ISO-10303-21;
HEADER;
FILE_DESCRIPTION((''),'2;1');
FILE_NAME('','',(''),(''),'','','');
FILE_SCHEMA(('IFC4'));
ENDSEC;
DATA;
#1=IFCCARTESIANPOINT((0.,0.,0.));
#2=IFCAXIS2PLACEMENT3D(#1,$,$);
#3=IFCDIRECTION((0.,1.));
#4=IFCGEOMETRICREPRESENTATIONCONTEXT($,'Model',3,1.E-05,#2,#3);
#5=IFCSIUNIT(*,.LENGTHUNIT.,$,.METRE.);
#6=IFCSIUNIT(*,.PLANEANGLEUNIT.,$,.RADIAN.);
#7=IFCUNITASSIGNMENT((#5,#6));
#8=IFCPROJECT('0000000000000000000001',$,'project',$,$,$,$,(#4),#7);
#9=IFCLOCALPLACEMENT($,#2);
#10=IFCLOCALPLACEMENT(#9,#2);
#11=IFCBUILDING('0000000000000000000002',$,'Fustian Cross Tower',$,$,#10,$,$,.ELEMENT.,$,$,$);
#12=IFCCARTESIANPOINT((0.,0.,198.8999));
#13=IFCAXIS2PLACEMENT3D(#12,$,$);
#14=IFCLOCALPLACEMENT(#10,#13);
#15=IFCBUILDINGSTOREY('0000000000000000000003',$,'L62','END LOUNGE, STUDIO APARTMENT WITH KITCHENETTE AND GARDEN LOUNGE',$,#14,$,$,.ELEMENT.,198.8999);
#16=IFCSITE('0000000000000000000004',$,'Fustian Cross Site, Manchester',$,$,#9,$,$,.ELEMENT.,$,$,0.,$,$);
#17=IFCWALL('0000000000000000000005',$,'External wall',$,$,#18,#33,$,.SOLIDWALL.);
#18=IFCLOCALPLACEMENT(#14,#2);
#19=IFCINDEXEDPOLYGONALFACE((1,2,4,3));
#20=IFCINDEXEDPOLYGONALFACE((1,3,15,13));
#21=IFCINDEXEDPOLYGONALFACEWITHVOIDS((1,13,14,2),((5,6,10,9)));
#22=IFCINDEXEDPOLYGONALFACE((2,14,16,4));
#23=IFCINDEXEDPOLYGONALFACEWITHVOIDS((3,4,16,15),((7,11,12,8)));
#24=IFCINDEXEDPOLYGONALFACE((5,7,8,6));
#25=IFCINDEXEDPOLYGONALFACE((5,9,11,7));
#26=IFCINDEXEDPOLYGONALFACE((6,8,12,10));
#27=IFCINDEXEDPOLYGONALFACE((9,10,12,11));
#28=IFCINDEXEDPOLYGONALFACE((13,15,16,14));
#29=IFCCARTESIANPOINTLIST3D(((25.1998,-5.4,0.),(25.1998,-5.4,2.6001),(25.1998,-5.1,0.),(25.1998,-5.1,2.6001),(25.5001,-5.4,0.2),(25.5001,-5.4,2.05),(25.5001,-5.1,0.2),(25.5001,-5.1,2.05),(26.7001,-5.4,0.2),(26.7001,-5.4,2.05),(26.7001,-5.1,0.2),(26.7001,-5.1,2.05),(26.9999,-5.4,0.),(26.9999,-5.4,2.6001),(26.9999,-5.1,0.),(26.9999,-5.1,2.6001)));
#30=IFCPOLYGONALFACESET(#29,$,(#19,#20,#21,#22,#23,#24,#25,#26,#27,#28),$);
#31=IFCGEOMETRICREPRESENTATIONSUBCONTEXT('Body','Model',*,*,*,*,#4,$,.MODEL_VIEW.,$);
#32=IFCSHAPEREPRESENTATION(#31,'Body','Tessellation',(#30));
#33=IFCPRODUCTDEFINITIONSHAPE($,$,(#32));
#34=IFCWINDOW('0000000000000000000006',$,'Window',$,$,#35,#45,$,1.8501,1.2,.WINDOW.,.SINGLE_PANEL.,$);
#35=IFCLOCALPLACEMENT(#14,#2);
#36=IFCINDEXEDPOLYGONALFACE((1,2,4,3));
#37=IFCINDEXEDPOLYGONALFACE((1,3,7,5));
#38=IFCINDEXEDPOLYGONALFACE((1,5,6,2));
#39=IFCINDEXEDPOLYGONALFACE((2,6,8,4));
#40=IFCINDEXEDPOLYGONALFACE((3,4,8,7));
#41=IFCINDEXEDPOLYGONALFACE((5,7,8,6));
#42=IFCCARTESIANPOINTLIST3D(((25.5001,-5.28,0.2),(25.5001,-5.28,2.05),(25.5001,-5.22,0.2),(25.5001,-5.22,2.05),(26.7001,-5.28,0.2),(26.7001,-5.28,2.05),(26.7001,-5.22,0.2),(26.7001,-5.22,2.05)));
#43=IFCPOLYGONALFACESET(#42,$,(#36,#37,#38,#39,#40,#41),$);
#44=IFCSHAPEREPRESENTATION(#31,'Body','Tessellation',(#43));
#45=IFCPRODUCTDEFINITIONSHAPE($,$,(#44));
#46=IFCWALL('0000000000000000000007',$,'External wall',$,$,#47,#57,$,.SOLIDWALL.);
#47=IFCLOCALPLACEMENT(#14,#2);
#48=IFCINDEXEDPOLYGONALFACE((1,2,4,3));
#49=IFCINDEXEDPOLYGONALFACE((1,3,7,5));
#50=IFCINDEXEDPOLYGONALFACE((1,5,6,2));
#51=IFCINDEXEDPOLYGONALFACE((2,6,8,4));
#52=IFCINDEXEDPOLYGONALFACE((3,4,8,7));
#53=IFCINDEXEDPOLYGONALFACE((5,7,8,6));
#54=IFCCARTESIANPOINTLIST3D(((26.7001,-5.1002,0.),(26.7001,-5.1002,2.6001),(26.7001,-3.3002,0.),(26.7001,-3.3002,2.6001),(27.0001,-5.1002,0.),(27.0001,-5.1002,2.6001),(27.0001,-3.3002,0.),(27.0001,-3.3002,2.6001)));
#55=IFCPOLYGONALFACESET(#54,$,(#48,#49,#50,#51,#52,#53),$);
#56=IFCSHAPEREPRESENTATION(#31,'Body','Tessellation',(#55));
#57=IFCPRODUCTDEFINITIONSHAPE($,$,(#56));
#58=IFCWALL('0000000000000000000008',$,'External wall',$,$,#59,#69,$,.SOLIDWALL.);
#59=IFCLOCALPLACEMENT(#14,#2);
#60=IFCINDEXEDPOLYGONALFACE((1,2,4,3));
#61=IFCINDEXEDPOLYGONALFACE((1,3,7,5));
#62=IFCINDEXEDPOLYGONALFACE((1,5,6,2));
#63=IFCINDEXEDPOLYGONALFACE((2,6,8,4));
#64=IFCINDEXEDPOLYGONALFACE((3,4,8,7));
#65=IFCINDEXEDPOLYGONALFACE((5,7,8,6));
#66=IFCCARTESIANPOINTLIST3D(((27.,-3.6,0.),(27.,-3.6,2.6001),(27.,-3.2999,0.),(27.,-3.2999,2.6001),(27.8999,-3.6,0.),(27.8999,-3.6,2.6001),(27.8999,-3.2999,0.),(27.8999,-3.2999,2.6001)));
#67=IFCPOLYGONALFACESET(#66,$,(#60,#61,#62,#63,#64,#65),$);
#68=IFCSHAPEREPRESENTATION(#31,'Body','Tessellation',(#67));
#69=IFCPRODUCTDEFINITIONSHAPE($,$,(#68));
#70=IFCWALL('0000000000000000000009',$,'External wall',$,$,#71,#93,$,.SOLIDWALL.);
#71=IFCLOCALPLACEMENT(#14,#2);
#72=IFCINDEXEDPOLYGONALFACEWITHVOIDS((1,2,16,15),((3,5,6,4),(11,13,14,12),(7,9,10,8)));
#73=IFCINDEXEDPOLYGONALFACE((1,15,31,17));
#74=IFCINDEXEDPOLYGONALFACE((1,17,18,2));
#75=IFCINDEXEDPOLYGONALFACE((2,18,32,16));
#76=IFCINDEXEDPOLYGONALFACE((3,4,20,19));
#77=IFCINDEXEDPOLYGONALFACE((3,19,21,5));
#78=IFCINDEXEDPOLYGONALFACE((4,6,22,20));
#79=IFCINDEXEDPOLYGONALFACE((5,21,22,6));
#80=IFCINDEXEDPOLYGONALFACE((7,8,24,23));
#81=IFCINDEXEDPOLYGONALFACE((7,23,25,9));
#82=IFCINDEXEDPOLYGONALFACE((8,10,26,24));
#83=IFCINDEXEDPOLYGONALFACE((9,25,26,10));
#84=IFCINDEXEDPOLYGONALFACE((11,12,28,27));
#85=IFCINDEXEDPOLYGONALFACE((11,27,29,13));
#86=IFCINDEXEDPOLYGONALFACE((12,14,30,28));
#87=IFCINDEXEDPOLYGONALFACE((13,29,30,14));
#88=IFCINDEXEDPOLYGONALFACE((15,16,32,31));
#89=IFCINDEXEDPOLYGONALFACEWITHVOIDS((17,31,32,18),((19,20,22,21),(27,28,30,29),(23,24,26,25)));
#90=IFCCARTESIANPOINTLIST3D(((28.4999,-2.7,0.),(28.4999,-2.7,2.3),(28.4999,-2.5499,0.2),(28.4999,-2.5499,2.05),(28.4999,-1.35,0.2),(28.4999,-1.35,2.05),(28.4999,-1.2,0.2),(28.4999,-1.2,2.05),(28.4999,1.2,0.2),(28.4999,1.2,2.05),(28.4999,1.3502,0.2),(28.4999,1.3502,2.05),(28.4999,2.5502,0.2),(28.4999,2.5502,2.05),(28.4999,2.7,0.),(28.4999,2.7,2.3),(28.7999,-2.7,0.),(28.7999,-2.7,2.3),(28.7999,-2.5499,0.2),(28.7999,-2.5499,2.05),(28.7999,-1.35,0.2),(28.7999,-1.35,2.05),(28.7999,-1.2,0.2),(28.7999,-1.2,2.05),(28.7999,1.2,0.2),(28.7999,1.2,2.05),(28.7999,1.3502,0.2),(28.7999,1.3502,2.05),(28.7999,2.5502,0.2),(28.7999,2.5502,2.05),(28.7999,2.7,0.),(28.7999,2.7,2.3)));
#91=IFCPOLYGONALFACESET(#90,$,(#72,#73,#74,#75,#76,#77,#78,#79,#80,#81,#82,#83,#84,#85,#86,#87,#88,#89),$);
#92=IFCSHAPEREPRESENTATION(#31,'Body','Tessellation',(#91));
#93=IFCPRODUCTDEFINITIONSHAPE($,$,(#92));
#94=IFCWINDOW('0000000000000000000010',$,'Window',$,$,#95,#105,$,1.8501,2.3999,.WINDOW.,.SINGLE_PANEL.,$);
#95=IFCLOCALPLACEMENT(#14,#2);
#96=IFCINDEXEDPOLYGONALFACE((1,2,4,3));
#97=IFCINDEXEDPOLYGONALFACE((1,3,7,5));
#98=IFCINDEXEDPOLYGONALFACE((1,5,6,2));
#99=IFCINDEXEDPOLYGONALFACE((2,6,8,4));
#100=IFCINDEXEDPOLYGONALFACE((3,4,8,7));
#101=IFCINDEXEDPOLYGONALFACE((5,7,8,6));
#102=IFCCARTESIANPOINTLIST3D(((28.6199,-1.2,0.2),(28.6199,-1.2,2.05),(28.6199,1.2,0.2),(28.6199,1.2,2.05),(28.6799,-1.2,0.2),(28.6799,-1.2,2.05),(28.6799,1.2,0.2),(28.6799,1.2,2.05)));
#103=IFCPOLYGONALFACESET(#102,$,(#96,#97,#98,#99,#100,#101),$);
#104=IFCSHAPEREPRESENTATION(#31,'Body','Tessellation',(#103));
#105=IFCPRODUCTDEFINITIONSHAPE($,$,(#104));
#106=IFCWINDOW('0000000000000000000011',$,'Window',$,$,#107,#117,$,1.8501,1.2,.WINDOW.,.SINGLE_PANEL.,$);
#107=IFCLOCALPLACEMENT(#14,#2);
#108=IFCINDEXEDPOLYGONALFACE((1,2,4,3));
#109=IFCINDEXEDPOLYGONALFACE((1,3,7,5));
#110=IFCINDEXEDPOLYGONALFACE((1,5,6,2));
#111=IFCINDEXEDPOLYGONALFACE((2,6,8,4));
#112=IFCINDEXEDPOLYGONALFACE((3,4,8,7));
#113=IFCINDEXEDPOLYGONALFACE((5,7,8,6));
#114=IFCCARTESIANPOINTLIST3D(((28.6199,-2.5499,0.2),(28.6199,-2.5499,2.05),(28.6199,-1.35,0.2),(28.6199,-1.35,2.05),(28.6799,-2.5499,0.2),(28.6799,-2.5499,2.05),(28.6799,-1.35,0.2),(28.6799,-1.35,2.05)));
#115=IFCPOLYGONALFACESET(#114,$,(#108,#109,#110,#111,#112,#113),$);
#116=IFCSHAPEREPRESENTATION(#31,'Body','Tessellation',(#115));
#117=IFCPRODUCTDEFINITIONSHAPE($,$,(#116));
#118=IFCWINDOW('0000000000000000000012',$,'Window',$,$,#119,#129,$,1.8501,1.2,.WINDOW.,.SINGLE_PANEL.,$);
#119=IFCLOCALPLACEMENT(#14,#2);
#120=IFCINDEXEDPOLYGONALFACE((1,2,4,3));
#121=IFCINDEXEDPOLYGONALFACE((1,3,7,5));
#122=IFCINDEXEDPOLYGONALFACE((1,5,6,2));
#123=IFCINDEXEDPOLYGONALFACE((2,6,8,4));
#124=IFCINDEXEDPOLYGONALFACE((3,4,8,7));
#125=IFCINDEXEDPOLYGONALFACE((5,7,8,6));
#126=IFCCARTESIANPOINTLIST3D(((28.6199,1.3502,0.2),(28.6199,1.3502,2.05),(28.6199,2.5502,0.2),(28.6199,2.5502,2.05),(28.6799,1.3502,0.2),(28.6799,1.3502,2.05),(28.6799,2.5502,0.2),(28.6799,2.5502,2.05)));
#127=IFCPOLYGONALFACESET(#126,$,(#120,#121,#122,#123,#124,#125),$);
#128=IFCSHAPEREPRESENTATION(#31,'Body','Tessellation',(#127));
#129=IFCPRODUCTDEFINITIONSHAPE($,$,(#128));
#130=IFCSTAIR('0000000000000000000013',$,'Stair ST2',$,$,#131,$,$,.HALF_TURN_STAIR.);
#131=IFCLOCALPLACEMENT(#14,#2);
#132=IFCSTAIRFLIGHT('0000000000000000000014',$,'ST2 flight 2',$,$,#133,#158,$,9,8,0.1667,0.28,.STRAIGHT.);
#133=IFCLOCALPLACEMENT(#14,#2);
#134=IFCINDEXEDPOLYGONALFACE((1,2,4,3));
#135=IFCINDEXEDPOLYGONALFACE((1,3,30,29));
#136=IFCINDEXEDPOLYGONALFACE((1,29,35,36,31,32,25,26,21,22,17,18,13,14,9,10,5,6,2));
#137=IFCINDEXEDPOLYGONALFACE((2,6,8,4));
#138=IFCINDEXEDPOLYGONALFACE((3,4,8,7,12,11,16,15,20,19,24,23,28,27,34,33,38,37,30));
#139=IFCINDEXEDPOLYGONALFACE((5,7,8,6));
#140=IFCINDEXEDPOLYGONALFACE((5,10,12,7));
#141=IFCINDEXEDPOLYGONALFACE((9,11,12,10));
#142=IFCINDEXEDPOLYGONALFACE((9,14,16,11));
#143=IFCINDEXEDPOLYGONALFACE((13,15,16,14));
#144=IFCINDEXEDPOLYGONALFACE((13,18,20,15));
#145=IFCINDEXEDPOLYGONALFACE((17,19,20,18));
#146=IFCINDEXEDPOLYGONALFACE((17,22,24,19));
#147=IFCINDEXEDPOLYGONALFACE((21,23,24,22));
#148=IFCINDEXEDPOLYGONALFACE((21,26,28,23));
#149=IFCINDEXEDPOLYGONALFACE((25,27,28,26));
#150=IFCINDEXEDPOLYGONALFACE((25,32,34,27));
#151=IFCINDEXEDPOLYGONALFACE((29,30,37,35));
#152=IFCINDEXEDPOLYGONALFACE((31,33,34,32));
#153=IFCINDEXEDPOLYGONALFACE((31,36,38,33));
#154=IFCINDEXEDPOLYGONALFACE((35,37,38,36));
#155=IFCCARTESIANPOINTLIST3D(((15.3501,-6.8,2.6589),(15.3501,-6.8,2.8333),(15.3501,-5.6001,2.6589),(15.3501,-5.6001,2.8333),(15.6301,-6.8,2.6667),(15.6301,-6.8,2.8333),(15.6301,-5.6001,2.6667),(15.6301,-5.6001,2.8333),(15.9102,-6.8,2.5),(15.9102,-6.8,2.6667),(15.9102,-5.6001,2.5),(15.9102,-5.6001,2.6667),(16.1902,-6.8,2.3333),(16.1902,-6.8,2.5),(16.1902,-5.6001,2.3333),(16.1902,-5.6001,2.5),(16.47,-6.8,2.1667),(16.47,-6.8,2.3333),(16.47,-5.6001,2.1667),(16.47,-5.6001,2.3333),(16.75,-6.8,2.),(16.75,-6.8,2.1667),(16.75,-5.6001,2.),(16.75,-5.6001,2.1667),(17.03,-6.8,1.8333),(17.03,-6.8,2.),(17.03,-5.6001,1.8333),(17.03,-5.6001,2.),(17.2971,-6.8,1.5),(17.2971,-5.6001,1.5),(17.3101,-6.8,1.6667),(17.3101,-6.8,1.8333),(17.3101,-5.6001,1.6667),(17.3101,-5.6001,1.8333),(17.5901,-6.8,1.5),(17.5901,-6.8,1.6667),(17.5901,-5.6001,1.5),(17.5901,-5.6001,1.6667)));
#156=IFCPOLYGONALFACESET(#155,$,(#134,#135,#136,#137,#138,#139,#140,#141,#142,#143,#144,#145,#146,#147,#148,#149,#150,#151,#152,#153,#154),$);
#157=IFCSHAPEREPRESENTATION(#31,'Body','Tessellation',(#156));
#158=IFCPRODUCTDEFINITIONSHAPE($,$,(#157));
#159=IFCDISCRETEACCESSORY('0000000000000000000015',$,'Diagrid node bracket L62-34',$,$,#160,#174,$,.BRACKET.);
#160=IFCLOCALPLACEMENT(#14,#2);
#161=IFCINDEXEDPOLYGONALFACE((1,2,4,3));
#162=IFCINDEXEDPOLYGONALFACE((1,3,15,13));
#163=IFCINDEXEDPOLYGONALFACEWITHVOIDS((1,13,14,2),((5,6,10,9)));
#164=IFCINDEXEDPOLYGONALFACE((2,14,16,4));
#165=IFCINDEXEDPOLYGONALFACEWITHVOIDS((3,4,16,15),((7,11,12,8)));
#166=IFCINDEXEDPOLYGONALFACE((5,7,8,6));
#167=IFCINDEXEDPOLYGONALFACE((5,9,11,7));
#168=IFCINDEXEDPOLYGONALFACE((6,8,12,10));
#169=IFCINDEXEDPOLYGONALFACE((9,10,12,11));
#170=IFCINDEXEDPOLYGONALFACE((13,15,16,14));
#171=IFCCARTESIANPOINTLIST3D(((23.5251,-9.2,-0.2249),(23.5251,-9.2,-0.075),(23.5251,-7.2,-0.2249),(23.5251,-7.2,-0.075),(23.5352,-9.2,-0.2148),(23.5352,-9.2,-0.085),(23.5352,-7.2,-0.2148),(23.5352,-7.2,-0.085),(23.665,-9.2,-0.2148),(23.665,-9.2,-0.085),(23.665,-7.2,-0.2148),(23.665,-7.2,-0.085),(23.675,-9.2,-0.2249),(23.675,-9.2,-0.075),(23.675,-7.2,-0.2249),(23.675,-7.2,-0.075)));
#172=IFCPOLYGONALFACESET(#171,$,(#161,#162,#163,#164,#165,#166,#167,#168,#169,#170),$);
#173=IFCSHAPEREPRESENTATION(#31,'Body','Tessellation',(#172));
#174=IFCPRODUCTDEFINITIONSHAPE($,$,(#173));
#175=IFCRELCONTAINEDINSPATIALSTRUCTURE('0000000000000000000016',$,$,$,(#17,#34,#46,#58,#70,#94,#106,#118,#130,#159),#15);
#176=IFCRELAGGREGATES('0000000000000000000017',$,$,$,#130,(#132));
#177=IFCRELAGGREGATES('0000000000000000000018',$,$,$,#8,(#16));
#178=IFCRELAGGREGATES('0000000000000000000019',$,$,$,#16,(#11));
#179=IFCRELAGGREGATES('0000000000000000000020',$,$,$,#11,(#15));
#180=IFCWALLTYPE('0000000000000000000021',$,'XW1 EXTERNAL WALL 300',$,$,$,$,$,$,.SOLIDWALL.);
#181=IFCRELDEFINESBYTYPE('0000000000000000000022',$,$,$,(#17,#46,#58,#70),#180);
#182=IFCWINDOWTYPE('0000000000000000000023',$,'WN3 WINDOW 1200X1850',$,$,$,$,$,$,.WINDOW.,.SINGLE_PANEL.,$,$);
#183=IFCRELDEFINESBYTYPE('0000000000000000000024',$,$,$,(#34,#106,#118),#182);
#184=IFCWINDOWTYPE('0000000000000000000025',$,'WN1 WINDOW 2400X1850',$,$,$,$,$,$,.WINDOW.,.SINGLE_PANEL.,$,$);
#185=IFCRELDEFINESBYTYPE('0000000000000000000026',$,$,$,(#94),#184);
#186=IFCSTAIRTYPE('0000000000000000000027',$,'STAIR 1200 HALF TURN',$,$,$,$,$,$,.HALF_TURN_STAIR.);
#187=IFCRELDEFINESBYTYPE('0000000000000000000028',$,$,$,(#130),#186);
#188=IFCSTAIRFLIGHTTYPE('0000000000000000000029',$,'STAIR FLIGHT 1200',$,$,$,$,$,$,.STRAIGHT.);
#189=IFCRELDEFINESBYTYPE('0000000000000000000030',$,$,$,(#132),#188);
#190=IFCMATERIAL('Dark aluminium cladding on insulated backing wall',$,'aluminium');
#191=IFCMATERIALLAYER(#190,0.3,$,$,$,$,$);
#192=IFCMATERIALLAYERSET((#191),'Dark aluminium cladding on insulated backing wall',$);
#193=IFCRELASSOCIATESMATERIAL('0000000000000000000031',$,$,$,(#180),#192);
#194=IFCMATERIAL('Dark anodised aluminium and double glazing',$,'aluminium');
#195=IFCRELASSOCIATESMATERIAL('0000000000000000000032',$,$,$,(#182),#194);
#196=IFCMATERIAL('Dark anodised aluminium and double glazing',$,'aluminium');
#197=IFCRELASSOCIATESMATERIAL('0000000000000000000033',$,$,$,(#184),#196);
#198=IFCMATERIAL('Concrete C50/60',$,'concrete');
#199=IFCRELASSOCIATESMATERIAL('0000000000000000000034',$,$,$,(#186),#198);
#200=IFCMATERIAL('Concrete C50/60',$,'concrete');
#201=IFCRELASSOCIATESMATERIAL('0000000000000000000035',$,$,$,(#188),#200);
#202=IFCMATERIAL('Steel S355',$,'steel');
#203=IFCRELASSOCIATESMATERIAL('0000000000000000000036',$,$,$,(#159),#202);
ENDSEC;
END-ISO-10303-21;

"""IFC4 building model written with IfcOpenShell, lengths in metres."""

from ifc_helpers import new_model, si_unit, direction, frame, frame_2d, origin, origin_2d, place, context, subcontext, project, spatial, polyline, rectangle, hollow_rectangle, outline, extrude, material, layer, layer_set, type_object, element, fill, aggregate, save


model = new_model("IFC4")

# Units and contexts
model_context = context("Model", 3, precision=1e-05, world=origin(), true_north=direction((0.0, 1.0)))
body_context = subcontext(model_context, "Body", "Model", "MODEL_VIEW")
ifc_project = project(units=[si_unit("LENGTHUNIT", "METRE"), si_unit("PLANEANGLEUNIT", "RADIAN")], contexts=[model_context])

# Site, building, storey
site_placement = place(None, origin())
site = spatial("IfcSite", under=ifc_project, at=site_placement, Name="Fustian Cross Site, Manchester", CompositionType="ELEMENT", RefElevation=0.0)
building_placement = place(site_placement, origin())
building = spatial("IfcBuilding", under=site, at=building_placement, Name="Fustian Cross Tower", CompositionType="ELEMENT")
storey_placement = place(building_placement, frame((0.0, 0.0, 198.8999)))
storey = spatial("IfcBuildingStorey", under=building, at=storey_placement, Name="L62", Description="END LOUNGE, STUDIO APARTMENT WITH KITCHENETTE AND GARDEN LOUNGE", CompositionType="ELEMENT", Elevation=198.8999)

# Shared definitions
ifc_material_1 = material(Name="Dark aluminium cladding on insulated backing wall", Category="aluminium")
ifc_layer_1 = layer(ifc_material_1, 0.3)
ifc_layer_set_1 = layer_set([ifc_layer_1], Name="Dark aluminium cladding on insulated backing wall")
wall_type_1 = type_object("IfcWallType", Name="XW1 EXTERNAL WALL 300", PredefinedType="SOLIDWALL", material=ifc_layer_set_1)
ifc_material_2 = material(Name="Dark anodised aluminium and double glazing", Category="aluminium")
window_type_1 = type_object("IfcWindowType", Name="WN3 WINDOW 1200X1850", PartitioningType="SINGLE_PANEL", PredefinedType="WINDOW", material=ifc_material_2)

# Wall, opening, window
wall_1_placement = place(storey_placement, frame((25.2, -5.25, 0.0), z_axis=(0.0, 0.0, 1.0), x_axis=(1.0, 0.0, 0.0)))
wall_1 = element("IfcWall", 1, at=wall_1_placement, inside=storey, type_object=wall_type_1, Name="External wall", PredefinedType="SOLIDWALL", context=body_context, shape_type="SweptSolid", body=[
    extrude(rectangle(XDim=1.8, YDim=0.3, at=frame_2d((0.8999, 0.0))), origin(), (0.0, 0.0, 1.0), 2.6001),
])
opening_1_placement = place(wall_1_placement, frame((0.3, 0.0, 0.2)))
opening_1 = element("IfcOpeningElement", 2, at=opening_1_placement, cuts=wall_1, PredefinedType="OPENING", context=body_context, shape_type="SweptSolid", body=[
    extrude(rectangle(XDim=1.2, YDim=1.8501, at=frame_2d((0.6001, 0.925))), frame((0.0, 0.1599, 0.0), z_axis=(0.0, -1.0, 0.0), x_axis=(1.0, 0.0, 0.0)), (0.0, 0.0, 1.0), 0.3201),
])
window_1_placement = place(opening_1_placement, origin())
window_1 = element("IfcWindow", 3, at=window_1_placement, inside=storey, type_object=window_type_1, Name="Window", OverallHeight=1.8501, OverallWidth=1.2, PartitioningType="SINGLE_PANEL", PredefinedType="WINDOW", context=body_context, shape_type="SweptSolid", body=[
    extrude(rectangle(XDim=1.2, YDim=1.8501, at=frame_2d((0.6001, 0.925))), frame((0.0, 0.03, 0.0), z_axis=(0.0, -1.0, 0.0), x_axis=(1.0, 0.0, 0.0)), (0.0, 0.0, 1.0), 0.0601),
])
fill(opening_1, window_1)

# Walls
wall_2_placement = place(storey_placement, frame((26.8501, -5.1001, 0.0), z_axis=(0.0, 0.0, 1.0), x_axis=(0.0, 1.0, 0.0)))
element("IfcWall", 4, at=wall_2_placement, inside=storey, type_object=wall_type_1, Name="External wall", PredefinedType="SOLIDWALL", context=body_context, shape_type="SweptSolid", body=[
    extrude(rectangle(XDim=1.8, YDim=0.3, at=frame_2d((0.8999, 0.0))), origin(), (0.0, 0.0, 1.0), 2.6001),
])
wall_3_placement = place(storey_placement, frame((27.0, -3.45, 0.0), z_axis=(0.0, 0.0, 1.0), x_axis=(1.0, 0.0, 0.0)))
element("IfcWall", 5, at=wall_3_placement, inside=storey, type_object=wall_type_1, Name="External wall", PredefinedType="SOLIDWALL", context=body_context, shape_type="SweptSolid", body=[
    extrude(rectangle(XDim=0.8999, YDim=0.3, at=frame_2d((0.45, 0.0))), origin(), (0.0, 0.0, 1.0), 2.6001),
])

# Wall, openings, windows
wall_4_placement = place(storey_placement, frame((28.6499, -2.7, 0.0), z_axis=(0.0, 0.0, 1.0), x_axis=(0.0, 1.0, 0.0)))
wall_4 = element("IfcWall", 6, at=wall_4_placement, inside=storey, type_object=wall_type_1, Name="External wall", PredefinedType="SOLIDWALL", context=body_context, shape_type="SweptSolid", body=[
    extrude(rectangle(XDim=5.3999, YDim=0.3, at=frame_2d((2.7, 0.0))), origin(), (0.0, 0.0, 1.0), 2.3),
])
opening_2_placement = place(wall_4_placement, frame((1.5, 0.0, 0.2)))
opening_2 = element("IfcOpeningElement", 7, at=opening_2_placement, cuts=wall_4, PredefinedType="OPENING", context=body_context, shape_type="SweptSolid", body=[
    extrude(rectangle(XDim=2.3999, YDim=1.8501, at=frame_2d((1.2, 0.925))), frame((0.0, 0.1599, 0.0), z_axis=(0.0, -1.0, 0.0), x_axis=(1.0, 0.0, 0.0)), (0.0, 0.0, 1.0), 0.3201),
])
opening_3_placement = place(wall_4_placement, frame((0.1499, 0.0, 0.2)))
opening_3 = element("IfcOpeningElement", 8, at=opening_3_placement, cuts=wall_4, PredefinedType="OPENING", context=body_context, shape_type="SweptSolid", body=[
    extrude(rectangle(XDim=1.2, YDim=1.8501, at=frame_2d((0.6001, 0.925))), frame((0.0, 0.1599, 0.0), z_axis=(0.0, -1.0, 0.0), x_axis=(1.0, 0.0, 0.0)), (0.0, 0.0, 1.0), 0.3201),
])
opening_4_placement = place(wall_4_placement, frame((4.05, 0.0, 0.2)))
opening_4 = element("IfcOpeningElement", 9, at=opening_4_placement, cuts=wall_4, PredefinedType="OPENING", context=body_context, shape_type="SweptSolid", body=[
    extrude(rectangle(XDim=1.2, YDim=1.8501, at=frame_2d((0.6001, 0.925))), frame((0.0, 0.1599, 0.0), z_axis=(0.0, -1.0, 0.0), x_axis=(1.0, 0.0, 0.0)), (0.0, 0.0, 1.0), 0.3201),
])
ifc_material_3 = material(Name="Dark anodised aluminium and double glazing", Category="aluminium")
window_type_2 = type_object("IfcWindowType", Name="WN1 WINDOW 2400X1850", PartitioningType="SINGLE_PANEL", PredefinedType="WINDOW", material=ifc_material_3)
window_2_placement = place(opening_2_placement, origin())
window_2 = element("IfcWindow", 10, at=window_2_placement, inside=storey, type_object=window_type_2, Name="Window", OverallHeight=1.8501, OverallWidth=2.3999, PartitioningType="SINGLE_PANEL", PredefinedType="WINDOW", context=body_context, shape_type="SweptSolid", body=[
    extrude(rectangle(XDim=2.3999, YDim=1.8501, at=frame_2d((1.2, 0.925))), frame((0.0, 0.03, 0.0), z_axis=(0.0, -1.0, 0.0), x_axis=(1.0, 0.0, 0.0)), (0.0, 0.0, 1.0), 0.0601),
])
fill(opening_2, window_2)
window_3_placement = place(opening_3_placement, origin())
window_3 = element("IfcWindow", 11, at=window_3_placement, inside=storey, type_object=window_type_1, Name="Window", OverallHeight=1.8501, OverallWidth=1.2, PartitioningType="SINGLE_PANEL", PredefinedType="WINDOW", context=body_context, shape_type="SweptSolid", body=[
    extrude(rectangle(XDim=1.2, YDim=1.8501, at=frame_2d((0.6001, 0.925))), frame((0.0, 0.03, 0.0), z_axis=(0.0, -1.0, 0.0), x_axis=(1.0, 0.0, 0.0)), (0.0, 0.0, 1.0), 0.0601),
])
fill(opening_3, window_3)
window_4_placement = place(opening_4_placement, origin())
window_4 = element("IfcWindow", 12, at=window_4_placement, inside=storey, type_object=window_type_1, Name="Window", OverallHeight=1.8501, OverallWidth=1.2, PartitioningType="SINGLE_PANEL", PredefinedType="WINDOW", context=body_context, shape_type="SweptSolid", body=[
    extrude(rectangle(XDim=1.2, YDim=1.8501, at=frame_2d((0.6001, 0.925))), frame((0.0, 0.03, 0.0), z_axis=(0.0, -1.0, 0.0), x_axis=(1.0, 0.0, 0.0)), (0.0, 0.0, 1.0), 0.0601),
])
fill(opening_4, window_4)

# Stair, stair flight
ifc_material_4 = material(Name="Concrete C50/60", Category="concrete")
stair_type = type_object("IfcStairType", Name="STAIR 1200 HALF TURN", PredefinedType="HALF_TURN_STAIR", material=ifc_material_4)
stair_placement = place(storey_placement, origin())
stair = element("IfcStair", 13, at=stair_placement, inside=storey, type_object=stair_type, Name="Stair ST2", PredefinedType="HALF_TURN_STAIR")
ifc_material_5 = material(Name="Concrete C50/60", Category="concrete")
stair_flight_type = type_object("IfcStairFlightType", Name="STAIR FLIGHT 1200", PredefinedType="STRAIGHT", material=ifc_material_5)
stair_flight_placement = place(storey_placement, frame((17.5901, -6.2, 1.5), z_axis=(0.0, 0.0, 1.0), x_axis=(-1.0, 0.0, 0.0)))
stair_flight = element("IfcStairFlight", 14, at=stair_flight_placement, type_object=stair_flight_type, Name="ST2 flight 2", NumberOfRisers=9, NumberOfTreads=8, PredefinedType="STRAIGHT", RiserHeight=0.1667, TreadLength=0.28, context=body_context, shape_type="SweptSolid", body=[
    extrude(outline(polyline([(0.0, 0.0), (0.0, 0.1667), (0.28, 0.1667), (0.28, 0.3333), (0.5601, 0.3333), (0.5601, 0.5), (0.8401, 0.5), (0.8401, 0.6667), (1.1201, 0.6667), (1.1201, 0.8333), (1.3999, 0.8333), (1.3999, 1.0), (1.6799, 1.0), (1.6799, 1.1667), (1.96, 1.1667), (1.96, 1.3333), (2.24, 1.3333), (2.24, 1.5), (2.24, 1.1589), (0.293, 0.0), (0.0, 0.0)])), frame((0.0, 0.6001, 0.0), z_axis=(0.0, -1.0, 0.0), x_axis=(1.0, 0.0, 0.0)), (0.0, 0.0, 1.0), 1.2),
])
aggregate(stair, [stair_flight])

# Discrete accessory
ifc_material_6 = material(Name="Steel S355", Category="steel")
discrete_accessory_1_placement = place(storey_placement, frame((23.6001, -9.2, -0.1499), z_axis=(0.0, 1.0, 0.0), x_axis=(-1.0, 0.0, 0.0)))
element("IfcDiscreteAccessory", 15, at=discrete_accessory_1_placement, inside=storey, material=ifc_material_6, Name="Diagrid node bracket L62-34", PredefinedType="BRACKET", context=body_context, shape_type="SweptSolid", body=[
    extrude(hollow_rectangle(XDim=0.1499, YDim=0.1499, WallThickness=0.01, at=origin_2d()), origin(), (0.0, 0.0, 1.0), 2.0),
])

save(model, "model.ifc")
